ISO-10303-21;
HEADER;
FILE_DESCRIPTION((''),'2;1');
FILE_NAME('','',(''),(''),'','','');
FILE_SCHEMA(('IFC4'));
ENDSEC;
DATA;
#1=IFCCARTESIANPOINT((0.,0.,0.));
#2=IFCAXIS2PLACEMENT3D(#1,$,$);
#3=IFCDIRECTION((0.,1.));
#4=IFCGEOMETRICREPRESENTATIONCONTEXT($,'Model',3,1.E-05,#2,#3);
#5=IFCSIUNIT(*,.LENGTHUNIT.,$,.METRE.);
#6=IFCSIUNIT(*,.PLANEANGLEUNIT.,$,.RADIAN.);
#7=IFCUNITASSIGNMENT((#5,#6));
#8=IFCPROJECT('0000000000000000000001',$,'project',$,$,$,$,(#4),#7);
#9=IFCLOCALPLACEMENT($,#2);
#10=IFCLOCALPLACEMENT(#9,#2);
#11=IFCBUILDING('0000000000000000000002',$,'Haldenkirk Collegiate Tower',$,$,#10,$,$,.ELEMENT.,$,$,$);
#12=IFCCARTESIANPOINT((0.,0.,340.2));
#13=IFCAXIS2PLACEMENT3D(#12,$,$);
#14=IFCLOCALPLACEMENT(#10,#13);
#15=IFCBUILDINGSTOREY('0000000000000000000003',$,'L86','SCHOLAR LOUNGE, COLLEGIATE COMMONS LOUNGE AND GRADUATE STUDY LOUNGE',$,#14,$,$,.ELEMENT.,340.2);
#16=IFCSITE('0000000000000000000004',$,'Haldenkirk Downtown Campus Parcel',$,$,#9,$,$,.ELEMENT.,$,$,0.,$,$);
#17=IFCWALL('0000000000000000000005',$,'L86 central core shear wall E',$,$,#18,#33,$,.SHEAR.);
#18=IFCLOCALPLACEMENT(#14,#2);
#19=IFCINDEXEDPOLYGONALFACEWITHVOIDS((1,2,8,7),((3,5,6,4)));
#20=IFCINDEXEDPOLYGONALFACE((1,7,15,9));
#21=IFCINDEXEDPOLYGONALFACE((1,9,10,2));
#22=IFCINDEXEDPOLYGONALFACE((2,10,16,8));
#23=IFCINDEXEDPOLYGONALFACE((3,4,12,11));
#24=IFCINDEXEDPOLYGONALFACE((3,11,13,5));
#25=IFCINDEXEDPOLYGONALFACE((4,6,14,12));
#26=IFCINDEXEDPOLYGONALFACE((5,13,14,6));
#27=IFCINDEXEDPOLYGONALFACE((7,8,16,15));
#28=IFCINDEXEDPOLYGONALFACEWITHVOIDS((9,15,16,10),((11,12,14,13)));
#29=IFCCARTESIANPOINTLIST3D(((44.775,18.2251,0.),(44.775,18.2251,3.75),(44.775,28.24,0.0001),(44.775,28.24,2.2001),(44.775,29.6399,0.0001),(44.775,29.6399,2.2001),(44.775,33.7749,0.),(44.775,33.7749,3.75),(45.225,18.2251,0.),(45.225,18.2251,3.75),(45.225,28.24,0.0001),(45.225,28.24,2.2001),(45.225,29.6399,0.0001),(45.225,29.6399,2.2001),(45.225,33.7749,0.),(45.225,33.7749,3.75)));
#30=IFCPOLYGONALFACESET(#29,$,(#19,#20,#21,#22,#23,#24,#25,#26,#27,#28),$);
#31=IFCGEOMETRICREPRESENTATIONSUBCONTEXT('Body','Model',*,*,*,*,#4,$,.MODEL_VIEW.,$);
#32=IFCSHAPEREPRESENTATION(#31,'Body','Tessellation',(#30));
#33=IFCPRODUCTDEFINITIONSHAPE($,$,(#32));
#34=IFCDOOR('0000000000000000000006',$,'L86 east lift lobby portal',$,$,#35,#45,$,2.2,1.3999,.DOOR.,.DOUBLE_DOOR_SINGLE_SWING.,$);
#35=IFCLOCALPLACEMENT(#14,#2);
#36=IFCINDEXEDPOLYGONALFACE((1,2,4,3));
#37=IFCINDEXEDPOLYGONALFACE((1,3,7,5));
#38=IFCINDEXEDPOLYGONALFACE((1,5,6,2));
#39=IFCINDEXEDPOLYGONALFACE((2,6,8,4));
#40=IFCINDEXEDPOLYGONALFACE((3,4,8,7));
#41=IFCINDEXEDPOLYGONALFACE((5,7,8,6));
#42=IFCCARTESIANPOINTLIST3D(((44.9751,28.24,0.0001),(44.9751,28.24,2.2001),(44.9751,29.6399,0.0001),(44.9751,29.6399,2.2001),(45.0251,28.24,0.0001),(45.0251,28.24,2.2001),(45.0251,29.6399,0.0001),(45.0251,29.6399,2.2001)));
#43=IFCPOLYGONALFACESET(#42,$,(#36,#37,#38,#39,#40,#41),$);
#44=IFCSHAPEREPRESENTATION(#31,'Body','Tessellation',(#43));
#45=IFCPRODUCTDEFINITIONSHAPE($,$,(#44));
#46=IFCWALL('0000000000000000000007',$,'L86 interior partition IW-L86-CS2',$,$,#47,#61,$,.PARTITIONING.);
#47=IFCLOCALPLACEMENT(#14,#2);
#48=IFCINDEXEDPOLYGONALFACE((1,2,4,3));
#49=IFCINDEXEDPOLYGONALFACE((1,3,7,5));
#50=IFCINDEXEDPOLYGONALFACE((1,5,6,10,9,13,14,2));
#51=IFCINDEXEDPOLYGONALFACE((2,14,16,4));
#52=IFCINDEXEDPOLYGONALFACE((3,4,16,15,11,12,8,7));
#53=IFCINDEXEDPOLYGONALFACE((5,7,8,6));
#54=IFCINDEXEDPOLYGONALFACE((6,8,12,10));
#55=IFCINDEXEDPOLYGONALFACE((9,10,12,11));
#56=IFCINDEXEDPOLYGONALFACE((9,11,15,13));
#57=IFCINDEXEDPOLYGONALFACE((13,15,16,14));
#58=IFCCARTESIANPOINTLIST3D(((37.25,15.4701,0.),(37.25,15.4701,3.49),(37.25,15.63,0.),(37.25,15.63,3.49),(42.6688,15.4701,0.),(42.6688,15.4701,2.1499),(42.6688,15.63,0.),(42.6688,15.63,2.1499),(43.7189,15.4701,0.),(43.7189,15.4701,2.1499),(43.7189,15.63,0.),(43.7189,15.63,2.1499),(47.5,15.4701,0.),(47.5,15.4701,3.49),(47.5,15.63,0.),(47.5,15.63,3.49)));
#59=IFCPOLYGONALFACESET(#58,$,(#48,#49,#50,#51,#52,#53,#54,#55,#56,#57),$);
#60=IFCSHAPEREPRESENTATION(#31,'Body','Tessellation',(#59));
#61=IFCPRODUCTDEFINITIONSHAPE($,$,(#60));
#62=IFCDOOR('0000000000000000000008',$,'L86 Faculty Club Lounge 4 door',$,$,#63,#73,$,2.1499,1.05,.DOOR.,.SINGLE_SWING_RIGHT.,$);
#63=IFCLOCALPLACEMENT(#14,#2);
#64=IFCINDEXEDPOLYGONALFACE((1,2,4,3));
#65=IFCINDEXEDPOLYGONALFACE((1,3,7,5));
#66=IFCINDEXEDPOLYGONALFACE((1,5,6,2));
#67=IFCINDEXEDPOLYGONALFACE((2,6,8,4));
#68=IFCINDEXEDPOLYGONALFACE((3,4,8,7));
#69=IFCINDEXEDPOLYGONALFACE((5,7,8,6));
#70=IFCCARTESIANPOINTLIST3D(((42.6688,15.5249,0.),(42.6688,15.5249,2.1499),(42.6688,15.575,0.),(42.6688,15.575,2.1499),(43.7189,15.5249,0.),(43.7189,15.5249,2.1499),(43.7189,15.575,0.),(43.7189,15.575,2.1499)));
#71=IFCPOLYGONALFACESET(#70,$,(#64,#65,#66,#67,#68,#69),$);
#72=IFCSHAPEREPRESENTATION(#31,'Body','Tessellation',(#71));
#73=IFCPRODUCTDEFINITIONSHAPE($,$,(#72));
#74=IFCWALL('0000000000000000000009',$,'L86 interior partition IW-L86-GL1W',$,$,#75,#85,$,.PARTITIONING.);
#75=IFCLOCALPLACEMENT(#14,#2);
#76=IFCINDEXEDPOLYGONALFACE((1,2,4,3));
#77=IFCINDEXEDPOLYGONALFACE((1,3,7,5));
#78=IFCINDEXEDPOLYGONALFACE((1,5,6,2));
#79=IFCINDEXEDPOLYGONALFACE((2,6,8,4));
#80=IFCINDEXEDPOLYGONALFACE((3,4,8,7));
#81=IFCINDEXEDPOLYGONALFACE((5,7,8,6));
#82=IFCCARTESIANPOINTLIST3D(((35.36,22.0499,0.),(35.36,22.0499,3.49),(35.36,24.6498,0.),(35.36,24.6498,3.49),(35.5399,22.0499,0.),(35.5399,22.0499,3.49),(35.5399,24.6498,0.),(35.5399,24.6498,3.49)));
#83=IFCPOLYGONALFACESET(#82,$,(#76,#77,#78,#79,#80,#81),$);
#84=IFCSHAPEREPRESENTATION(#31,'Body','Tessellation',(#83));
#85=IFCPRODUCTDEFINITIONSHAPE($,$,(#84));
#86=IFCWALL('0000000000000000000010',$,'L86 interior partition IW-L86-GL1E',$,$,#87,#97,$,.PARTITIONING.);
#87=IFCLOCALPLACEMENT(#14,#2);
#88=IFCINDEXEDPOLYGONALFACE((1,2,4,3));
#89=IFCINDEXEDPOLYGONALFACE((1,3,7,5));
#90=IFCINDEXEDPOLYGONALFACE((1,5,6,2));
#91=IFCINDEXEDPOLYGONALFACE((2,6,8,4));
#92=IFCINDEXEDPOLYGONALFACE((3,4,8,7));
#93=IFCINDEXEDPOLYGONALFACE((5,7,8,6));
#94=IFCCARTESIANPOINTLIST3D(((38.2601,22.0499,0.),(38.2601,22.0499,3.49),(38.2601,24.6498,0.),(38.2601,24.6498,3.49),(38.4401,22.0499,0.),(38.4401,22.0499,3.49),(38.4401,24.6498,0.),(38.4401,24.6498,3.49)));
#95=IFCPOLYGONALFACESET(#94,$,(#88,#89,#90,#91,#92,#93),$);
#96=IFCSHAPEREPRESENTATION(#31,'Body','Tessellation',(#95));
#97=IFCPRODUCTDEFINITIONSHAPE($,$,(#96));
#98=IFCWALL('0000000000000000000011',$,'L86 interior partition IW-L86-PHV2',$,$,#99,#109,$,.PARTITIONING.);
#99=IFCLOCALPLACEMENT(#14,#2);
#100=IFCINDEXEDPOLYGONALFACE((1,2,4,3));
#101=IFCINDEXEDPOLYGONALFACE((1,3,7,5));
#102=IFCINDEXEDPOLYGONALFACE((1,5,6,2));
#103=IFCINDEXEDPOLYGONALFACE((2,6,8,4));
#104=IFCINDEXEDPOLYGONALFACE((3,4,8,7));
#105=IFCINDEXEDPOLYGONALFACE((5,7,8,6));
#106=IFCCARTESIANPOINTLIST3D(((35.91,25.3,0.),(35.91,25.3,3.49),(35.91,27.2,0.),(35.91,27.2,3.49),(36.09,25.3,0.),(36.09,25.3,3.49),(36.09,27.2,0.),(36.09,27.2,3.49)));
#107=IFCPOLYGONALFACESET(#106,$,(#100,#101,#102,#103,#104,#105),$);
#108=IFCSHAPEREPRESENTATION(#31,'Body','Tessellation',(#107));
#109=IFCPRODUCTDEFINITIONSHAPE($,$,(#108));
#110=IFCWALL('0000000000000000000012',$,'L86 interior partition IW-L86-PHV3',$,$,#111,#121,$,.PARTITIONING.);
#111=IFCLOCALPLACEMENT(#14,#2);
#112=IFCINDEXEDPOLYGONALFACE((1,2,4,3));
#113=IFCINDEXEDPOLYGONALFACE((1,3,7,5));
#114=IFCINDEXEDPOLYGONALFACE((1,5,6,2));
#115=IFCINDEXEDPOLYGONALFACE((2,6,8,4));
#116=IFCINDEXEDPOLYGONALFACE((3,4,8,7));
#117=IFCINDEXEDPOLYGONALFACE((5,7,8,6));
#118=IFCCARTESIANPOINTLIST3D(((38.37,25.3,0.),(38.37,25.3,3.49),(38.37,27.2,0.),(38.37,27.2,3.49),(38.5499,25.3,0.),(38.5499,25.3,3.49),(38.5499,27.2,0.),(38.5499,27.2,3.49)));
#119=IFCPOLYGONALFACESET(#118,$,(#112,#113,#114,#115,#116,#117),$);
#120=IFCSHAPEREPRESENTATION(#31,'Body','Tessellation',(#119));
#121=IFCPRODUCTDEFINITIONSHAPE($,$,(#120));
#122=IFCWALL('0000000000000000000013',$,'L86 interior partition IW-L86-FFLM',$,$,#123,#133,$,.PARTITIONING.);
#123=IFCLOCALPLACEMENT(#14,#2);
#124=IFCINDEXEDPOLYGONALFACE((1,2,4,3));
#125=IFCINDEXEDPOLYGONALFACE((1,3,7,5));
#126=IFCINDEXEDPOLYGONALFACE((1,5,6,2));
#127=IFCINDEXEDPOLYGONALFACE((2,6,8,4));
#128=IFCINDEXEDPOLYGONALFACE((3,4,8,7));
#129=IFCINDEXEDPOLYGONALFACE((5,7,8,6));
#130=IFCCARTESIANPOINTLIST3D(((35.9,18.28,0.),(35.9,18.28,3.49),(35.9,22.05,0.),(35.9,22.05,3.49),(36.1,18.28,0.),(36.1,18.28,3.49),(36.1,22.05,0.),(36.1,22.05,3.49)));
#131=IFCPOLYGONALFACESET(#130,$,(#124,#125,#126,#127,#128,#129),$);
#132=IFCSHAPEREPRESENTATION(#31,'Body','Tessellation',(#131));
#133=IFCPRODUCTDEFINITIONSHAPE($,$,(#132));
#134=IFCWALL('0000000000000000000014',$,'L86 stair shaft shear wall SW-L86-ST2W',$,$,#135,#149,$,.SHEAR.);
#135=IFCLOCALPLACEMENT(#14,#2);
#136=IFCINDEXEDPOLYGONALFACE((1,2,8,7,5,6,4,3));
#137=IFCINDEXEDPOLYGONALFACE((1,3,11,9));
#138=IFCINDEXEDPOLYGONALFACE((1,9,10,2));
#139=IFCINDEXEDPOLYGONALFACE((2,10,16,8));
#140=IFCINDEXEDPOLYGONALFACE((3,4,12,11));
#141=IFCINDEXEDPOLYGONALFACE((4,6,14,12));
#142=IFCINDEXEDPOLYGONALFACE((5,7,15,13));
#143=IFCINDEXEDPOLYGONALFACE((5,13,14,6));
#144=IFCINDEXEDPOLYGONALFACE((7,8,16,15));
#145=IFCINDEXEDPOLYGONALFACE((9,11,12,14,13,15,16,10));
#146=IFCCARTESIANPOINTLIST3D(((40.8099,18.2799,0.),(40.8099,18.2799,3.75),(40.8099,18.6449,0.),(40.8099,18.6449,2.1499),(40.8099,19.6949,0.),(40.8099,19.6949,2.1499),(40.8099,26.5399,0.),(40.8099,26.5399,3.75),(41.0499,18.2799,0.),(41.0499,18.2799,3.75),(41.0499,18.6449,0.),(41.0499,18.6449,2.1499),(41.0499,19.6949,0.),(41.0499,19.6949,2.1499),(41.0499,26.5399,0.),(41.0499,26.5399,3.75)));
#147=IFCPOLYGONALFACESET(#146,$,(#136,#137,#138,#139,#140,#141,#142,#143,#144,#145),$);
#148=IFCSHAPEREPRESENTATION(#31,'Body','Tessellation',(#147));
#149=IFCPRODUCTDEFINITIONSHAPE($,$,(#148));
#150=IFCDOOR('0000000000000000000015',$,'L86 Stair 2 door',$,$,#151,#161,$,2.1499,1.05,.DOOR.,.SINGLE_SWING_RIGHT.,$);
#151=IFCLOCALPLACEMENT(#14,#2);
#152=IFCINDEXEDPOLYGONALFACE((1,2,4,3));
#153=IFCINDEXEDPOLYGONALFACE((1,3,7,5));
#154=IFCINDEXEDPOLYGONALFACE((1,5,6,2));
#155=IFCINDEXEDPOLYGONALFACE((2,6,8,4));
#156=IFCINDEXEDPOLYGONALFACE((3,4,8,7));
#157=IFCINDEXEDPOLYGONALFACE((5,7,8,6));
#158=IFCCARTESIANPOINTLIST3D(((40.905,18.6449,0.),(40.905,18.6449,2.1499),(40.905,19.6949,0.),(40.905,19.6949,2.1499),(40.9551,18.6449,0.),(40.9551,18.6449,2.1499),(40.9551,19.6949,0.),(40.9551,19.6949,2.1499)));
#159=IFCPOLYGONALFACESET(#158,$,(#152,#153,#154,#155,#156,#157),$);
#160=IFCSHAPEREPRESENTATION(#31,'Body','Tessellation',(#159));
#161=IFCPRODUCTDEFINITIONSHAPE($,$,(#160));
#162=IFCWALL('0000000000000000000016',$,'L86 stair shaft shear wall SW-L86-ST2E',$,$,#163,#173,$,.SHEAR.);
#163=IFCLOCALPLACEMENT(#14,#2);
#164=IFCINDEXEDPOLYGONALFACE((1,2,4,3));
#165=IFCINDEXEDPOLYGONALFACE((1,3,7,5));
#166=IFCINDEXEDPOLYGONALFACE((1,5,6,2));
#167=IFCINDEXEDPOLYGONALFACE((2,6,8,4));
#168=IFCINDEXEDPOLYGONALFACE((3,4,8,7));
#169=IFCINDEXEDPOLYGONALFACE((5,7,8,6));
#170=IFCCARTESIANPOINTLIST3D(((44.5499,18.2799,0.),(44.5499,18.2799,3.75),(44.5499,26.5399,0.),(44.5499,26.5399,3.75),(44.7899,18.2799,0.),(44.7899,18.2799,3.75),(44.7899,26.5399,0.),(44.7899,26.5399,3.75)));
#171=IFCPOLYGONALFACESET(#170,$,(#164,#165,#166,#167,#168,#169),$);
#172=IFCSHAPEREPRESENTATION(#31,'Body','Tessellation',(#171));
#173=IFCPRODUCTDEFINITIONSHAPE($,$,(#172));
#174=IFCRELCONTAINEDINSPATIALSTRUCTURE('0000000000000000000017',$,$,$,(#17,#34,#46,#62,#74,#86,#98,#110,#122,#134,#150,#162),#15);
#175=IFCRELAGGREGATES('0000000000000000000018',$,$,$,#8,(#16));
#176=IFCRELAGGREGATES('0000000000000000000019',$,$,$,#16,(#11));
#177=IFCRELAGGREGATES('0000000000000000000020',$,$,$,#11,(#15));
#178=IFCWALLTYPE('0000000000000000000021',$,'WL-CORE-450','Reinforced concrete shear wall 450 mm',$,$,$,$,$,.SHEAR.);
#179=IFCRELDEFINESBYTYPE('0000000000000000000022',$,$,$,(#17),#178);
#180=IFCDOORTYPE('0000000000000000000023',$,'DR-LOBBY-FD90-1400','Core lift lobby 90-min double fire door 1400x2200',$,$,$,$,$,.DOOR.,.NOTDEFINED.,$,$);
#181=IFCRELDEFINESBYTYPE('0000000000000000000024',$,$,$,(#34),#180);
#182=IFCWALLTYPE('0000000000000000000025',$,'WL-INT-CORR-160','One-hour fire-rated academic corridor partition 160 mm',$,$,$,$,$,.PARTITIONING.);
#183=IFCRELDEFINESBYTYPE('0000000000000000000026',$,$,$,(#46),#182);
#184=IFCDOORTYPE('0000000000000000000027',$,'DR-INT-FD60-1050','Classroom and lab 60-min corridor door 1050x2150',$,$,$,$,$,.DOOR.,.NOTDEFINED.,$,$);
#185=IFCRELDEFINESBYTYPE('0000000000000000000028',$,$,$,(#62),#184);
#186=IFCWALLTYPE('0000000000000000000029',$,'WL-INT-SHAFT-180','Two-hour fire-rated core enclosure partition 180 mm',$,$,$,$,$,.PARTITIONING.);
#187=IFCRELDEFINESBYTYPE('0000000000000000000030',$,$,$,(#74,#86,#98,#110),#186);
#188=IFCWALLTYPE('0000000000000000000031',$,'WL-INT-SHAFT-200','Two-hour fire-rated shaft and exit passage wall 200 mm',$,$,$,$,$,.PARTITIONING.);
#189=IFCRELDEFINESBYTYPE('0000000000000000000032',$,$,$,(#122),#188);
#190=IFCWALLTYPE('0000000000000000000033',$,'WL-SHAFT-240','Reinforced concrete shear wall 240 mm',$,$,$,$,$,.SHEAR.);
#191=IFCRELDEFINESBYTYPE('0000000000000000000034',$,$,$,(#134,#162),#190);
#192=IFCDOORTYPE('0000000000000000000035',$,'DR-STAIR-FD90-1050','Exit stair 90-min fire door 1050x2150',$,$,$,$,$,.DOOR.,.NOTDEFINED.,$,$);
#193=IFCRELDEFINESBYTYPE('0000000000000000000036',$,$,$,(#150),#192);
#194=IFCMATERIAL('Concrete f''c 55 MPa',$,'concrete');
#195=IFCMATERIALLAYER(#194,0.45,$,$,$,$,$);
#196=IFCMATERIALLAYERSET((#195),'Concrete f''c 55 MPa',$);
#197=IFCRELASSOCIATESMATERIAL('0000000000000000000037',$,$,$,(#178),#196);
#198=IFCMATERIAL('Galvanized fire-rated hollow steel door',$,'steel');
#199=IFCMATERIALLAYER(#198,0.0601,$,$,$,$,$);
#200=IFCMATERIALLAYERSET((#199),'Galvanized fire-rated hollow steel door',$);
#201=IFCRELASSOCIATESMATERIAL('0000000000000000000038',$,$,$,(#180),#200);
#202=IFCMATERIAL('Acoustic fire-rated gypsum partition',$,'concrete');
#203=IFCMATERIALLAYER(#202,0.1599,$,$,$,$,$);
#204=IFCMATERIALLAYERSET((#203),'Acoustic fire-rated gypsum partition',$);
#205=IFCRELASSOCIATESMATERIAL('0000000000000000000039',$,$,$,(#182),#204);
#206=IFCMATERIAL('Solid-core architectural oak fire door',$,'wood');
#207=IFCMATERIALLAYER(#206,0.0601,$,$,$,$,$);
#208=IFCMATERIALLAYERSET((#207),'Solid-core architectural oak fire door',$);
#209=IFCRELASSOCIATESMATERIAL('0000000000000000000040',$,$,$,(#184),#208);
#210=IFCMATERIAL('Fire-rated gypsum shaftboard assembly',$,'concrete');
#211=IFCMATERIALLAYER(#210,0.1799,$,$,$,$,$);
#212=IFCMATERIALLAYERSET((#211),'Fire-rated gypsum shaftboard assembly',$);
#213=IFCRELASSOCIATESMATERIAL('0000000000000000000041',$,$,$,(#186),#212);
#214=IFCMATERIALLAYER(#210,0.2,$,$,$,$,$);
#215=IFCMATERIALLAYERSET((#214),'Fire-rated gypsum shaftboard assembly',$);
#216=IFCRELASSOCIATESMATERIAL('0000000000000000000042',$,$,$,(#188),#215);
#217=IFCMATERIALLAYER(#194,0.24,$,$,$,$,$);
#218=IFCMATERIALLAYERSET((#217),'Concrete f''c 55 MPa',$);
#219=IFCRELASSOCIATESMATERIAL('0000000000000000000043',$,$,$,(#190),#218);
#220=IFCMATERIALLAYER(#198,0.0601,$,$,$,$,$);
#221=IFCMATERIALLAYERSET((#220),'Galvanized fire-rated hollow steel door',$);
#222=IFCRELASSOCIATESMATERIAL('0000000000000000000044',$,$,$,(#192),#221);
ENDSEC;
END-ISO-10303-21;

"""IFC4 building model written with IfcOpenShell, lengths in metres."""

from ifc_helpers import new_model, si_unit, direction, frame, frame_2d, origin, place, context, subcontext, project, spatial, rectangle, extrude, material, layer, layer_set, type_object, element, fill, save


model = new_model("IFC4")

# Units and contexts
model_context = context("Model", 3, precision=1e-05, world=origin(), true_north=direction((0.0, 1.0)))
body_context = subcontext(model_context, "Body", "Model", "MODEL_VIEW")
ifc_project = project(units=[si_unit("LENGTHUNIT", "METRE"), si_unit("PLANEANGLEUNIT", "RADIAN")], contexts=[model_context])

# Site, building, storey
site_placement = place(None, origin())
site = spatial("IfcSite", under=ifc_project, at=site_placement, Name="Haldenkirk Downtown Campus Parcel", CompositionType="ELEMENT", RefElevation=0.0)
building_placement = place(site_placement, origin())
building = spatial("IfcBuilding", under=site, at=building_placement, Name="Haldenkirk Collegiate Tower", CompositionType="ELEMENT")
storey_placement = place(building_placement, frame((0.0, 0.0, 340.2)))
storey = spatial("IfcBuildingStorey", under=building, at=storey_placement, Name="L86", Description="SCHOLAR LOUNGE, COLLEGIATE COMMONS LOUNGE AND GRADUATE STUDY LOUNGE", CompositionType="ELEMENT", Elevation=340.2)

# Walls, openings, doors
ifc_material_1 = material(Name="Concrete f'c 55 MPa", Category="concrete")
ifc_layer_1 = layer(ifc_material_1, 0.45)
ifc_layer_set_1 = layer_set([ifc_layer_1], Name="Concrete f'c 55 MPa")
wall_type_1 = type_object("IfcWallType", Name="WL-CORE-450", Description="Reinforced concrete shear wall 450 mm", PredefinedType="SHEAR", material=ifc_layer_set_1)
wall_1_placement = place(storey_placement, frame((45.0, 18.2251, 0.0), z_axis=(0.0, 0.0, 1.0), x_axis=(0.0, 1.0, 0.0)))
wall_1 = element("IfcWall", 1, at=wall_1_placement, inside=storey, type_object=wall_type_1, Name="L86 central core shear wall E", PredefinedType="SHEAR", context=body_context, shape_type="SweptSolid", body=[
    extrude(rectangle(XDim=15.5498, YDim=0.45, at=frame_2d((7.7749, 0.0))), origin(), (0.0, 0.0, 1.0), 3.75),
])
opening_1_placement = place(wall_1_placement, frame((10.0149, 0.0, 0.0)))
opening_1 = element("IfcOpeningElement", 2, at=opening_1_placement, cuts=wall_1, PredefinedType="OPENING", context=body_context, shape_type="SweptSolid", body=[
    extrude(rectangle(XDim=1.3999, YDim=2.2, at=frame_2d((0.7, 1.1001))), frame((0.0, 0.2349, 0.0), z_axis=(0.0, -1.0, 0.0), x_axis=(1.0, 0.0, 0.0)), (0.0, 0.0, 1.0), 0.47),
])
ifc_material_2 = material(Name="Galvanized fire-rated hollow steel door", Category="steel")
ifc_layer_2 = layer(ifc_material_2, 0.0601)
ifc_layer_set_2 = layer_set([ifc_layer_2], Name="Galvanized fire-rated hollow steel door")
door_type_1 = type_object("IfcDoorType", Name="DR-LOBBY-FD90-1400", Description="Core lift lobby 90-min double fire door 1400x2200", OperationType="NOTDEFINED", PredefinedType="DOOR", material=ifc_layer_set_2)
door_1_placement = place(opening_1_placement, origin())
door_1 = element("IfcDoor", 3, at=door_1_placement, inside=storey, type_object=door_type_1, Name="L86 east lift lobby portal", OperationType="DOUBLE_DOOR_SINGLE_SWING", OverallHeight=2.2, OverallWidth=1.3999, PredefinedType="DOOR", context=body_context, shape_type="SweptSolid", body=[
    extrude(rectangle(XDim=1.3999, YDim=2.2, at=frame_2d((0.7, 1.1001))), frame((0.0, 0.0249, 0.0), z_axis=(0.0, -1.0, 0.0), x_axis=(1.0, 0.0, 0.0)), (0.0, 0.0, 1.0), 0.05),
])
fill(opening_1, door_1)
ifc_material_3 = material(Name="Acoustic fire-rated gypsum partition", Category="concrete")
ifc_layer_3 = layer(ifc_material_3, 0.1599)
ifc_layer_set_3 = layer_set([ifc_layer_3], Name="Acoustic fire-rated gypsum partition")
wall_type_2 = type_object("IfcWallType", Name="WL-INT-CORR-160", Description="One-hour fire-rated academic corridor partition 160 mm", PredefinedType="PARTITIONING", material=ifc_layer_set_3)
wall_2_placement = place(storey_placement, frame((37.25, 15.55, 0.0), z_axis=(0.0, 0.0, 1.0), x_axis=(1.0, 0.0, 0.0)))
wall_2 = element("IfcWall", 4, at=wall_2_placement, inside=storey, type_object=wall_type_2, Name="L86 interior partition IW-L86-CS2", PredefinedType="PARTITIONING", context=body_context, shape_type="SweptSolid", body=[
    extrude(rectangle(XDim=10.25, YDim=0.1599, at=frame_2d((5.125, 0.0))), origin(), (0.0, 0.0, 1.0), 3.49),
])
opening_2_placement = place(wall_2_placement, frame((5.4189, 0.0, 0.0)))
opening_2 = element("IfcOpeningElement", 5, at=opening_2_placement, cuts=wall_2, PredefinedType="OPENING", context=body_context, shape_type="SweptSolid", body=[
    extrude(rectangle(XDim=1.05, YDim=2.1499, at=frame_2d((0.5249, 1.075))), frame((0.0, 0.0898, 0.0), z_axis=(0.0, -1.0, 0.0), x_axis=(1.0, 0.0, 0.0)), (0.0, 0.0, 1.0), 0.1799),
])
ifc_material_4 = material(Name="Solid-core architectural oak fire door", Category="wood")
ifc_layer_4 = layer(ifc_material_4, 0.0601)
ifc_layer_set_4 = layer_set([ifc_layer_4], Name="Solid-core architectural oak fire door")
door_type_2 = type_object("IfcDoorType", Name="DR-INT-FD60-1050", Description="Classroom and lab 60-min corridor door 1050x2150", OperationType="NOTDEFINED", PredefinedType="DOOR", material=ifc_layer_set_4)
door_2_placement = place(opening_2_placement, origin())
door_2 = element("IfcDoor", 6, at=door_2_placement, inside=storey, type_object=door_type_2, Name="L86 Faculty Club Lounge 4 door", OperationType="SINGLE_SWING_RIGHT", OverallHeight=2.1499, OverallWidth=1.05, PredefinedType="DOOR", context=body_context, shape_type="SweptSolid", body=[
    extrude(rectangle(XDim=1.05, YDim=2.1499, at=frame_2d((0.5249, 1.075))), frame((0.0, 0.0249, 0.0), z_axis=(0.0, -1.0, 0.0), x_axis=(1.0, 0.0, 0.0)), (0.0, 0.0, 1.0), 0.05),
])
fill(opening_2, door_2)

# Walls
ifc_material_5 = material(Name="Fire-rated gypsum shaftboard assembly", Category="concrete")
ifc_layer_5 = layer(ifc_material_5, 0.1799)
ifc_layer_set_5 = layer_set([ifc_layer_5], Name="Fire-rated gypsum shaftboard assembly")
wall_type_3 = type_object("IfcWallType", Name="WL-INT-SHAFT-180", Description="Two-hour fire-rated core enclosure partition 180 mm", PredefinedType="PARTITIONING", material=ifc_layer_set_5)
for number, where, z_axis, x_axis, name in (
    (7, (35.45, 22.05, 0.0), (0.0, 0.0, 1.0), (0.0, 1.0, 0.0), "L86 interior partition IW-L86-GL1W"),
    (8, (38.3501, 22.05, 0.0), (0.0, 0.0, 1.0), (0.0, 1.0, 0.0), "L86 interior partition IW-L86-GL1E"),
):
    element("IfcWall", number, at=place(storey_placement, frame(where, z_axis=z_axis, x_axis=x_axis)), inside=storey, type_object=wall_type_3, Name=name, PredefinedType="PARTITIONING", context=body_context, shape_type="SweptSolid", body=[
        extrude(rectangle(XDim=2.5999, YDim=0.1799, at=frame_2d((1.2998, 0.0))), origin(), (0.0, 0.0, 1.0), 3.49),
    ])
for number, where, z_axis, x_axis, name in (
    (9, (36.0, 25.3, 0.0), (0.0, 0.0, 1.0), (0.0, 1.0, 0.0), "L86 interior partition IW-L86-PHV2"),
    (10, (38.46, 25.3, 0.0), (0.0, 0.0, 1.0), (0.0, 1.0, 0.0), "L86 interior partition IW-L86-PHV3"),
):
    element("IfcWall", number, at=place(storey_placement, frame(where, z_axis=z_axis, x_axis=x_axis)), inside=storey, type_object=wall_type_3, Name=name, PredefinedType="PARTITIONING", context=body_context, shape_type="SweptSolid", body=[
        extrude(rectangle(XDim=1.8999, YDim=0.1799, at=frame_2d((0.95, 0.0))), origin(), (0.0, 0.0, 1.0), 3.49),
    ])
ifc_layer_6 = layer(ifc_material_5, 0.2)
ifc_layer_set_6 = layer_set([ifc_layer_6], Name="Fire-rated gypsum shaftboard assembly")
wall_type_4 = type_object("IfcWallType", Name="WL-INT-SHAFT-200", Description="Two-hour fire-rated shaft and exit passage wall 200 mm", PredefinedType="PARTITIONING", material=ifc_layer_set_6)
wall_3_placement = place(storey_placement, frame((36.0, 18.28, 0.0), z_axis=(0.0, 0.0, 1.0), x_axis=(0.0, 1.0, 0.0)))
element("IfcWall", 11, at=wall_3_placement, inside=storey, type_object=wall_type_4, Name="L86 interior partition IW-L86-FFLM", PredefinedType="PARTITIONING", context=body_context, shape_type="SweptSolid", body=[
    extrude(rectangle(XDim=3.77, YDim=0.2, at=frame_2d((1.885, 0.0))), origin(), (0.0, 0.0, 1.0), 3.49),
])

# Wall, opening, door
ifc_layer_7 = layer(ifc_material_1, 0.24)
ifc_layer_set_7 = layer_set([ifc_layer_7], Name="Concrete f'c 55 MPa")
wall_type_5 = type_object("IfcWallType", Name="WL-SHAFT-240", Description="Reinforced concrete shear wall 240 mm", PredefinedType="SHEAR", material=ifc_layer_set_7)
wall_4_placement = place(storey_placement, frame((40.9299, 18.28, 0.0), z_axis=(0.0, 0.0, 1.0), x_axis=(0.0, 1.0, 0.0)))
wall_4 = element("IfcWall", 12, at=wall_4_placement, inside=storey, type_object=wall_type_5, Name="L86 stair shaft shear wall SW-L86-ST2W", PredefinedType="SHEAR", context=body_context, shape_type="SweptSolid", body=[
    extrude(rectangle(XDim=8.26, YDim=0.24, at=frame_2d((4.1299, 0.0))), origin(), (0.0, 0.0, 1.0), 3.75),
])
opening_3_placement = place(wall_4_placement, frame((0.365, 0.0, 0.0)))
opening_3 = element("IfcOpeningElement", 13, at=opening_3_placement, cuts=wall_4, PredefinedType="OPENING", context=body_context, shape_type="SweptSolid", body=[
    extrude(rectangle(XDim=1.05, YDim=2.1499, at=frame_2d((0.5249, 1.075))), frame((0.0, 0.1299, 0.0), z_axis=(0.0, -1.0, 0.0), x_axis=(1.0, 0.0, 0.0)), (0.0, 0.0, 1.0), 0.26),
])
ifc_layer_8 = layer(ifc_material_2, 0.0601)
ifc_layer_set_8 = layer_set([ifc_layer_8], Name="Galvanized fire-rated hollow steel door")
door_type_3 = type_object("IfcDoorType", Name="DR-STAIR-FD90-1050", Description="Exit stair 90-min fire door 1050x2150", OperationType="NOTDEFINED", PredefinedType="DOOR", material=ifc_layer_set_8)
door_3_placement = place(opening_3_placement, origin())
door_3 = element("IfcDoor", 14, at=door_3_placement, inside=storey, type_object=door_type_3, Name="L86 Stair 2 door", OperationType="SINGLE_SWING_RIGHT", OverallHeight=2.1499, OverallWidth=1.05, PredefinedType="DOOR", context=body_context, shape_type="SweptSolid", body=[
    extrude(rectangle(XDim=1.05, YDim=2.1499, at=frame_2d((0.5249, 1.075))), frame((0.0, 0.0249, 0.0), z_axis=(0.0, -1.0, 0.0), x_axis=(1.0, 0.0, 0.0)), (0.0, 0.0, 1.0), 0.05),
])
fill(opening_3, door_3)

# Wall
wall_5_placement = place(storey_placement, frame((44.6699, 18.28, 0.0), z_axis=(0.0, 0.0, 1.0), x_axis=(0.0, 1.0, 0.0)))
element("IfcWall", 15, at=wall_5_placement, inside=storey, type_object=wall_type_5, Name="L86 stair shaft shear wall SW-L86-ST2E", PredefinedType="SHEAR", context=body_context, shape_type="SweptSolid", body=[
    extrude(rectangle(XDim=8.26, YDim=0.24, at=frame_2d((4.1299, 0.0))), origin(), (0.0, 0.0, 1.0), 3.75),
])

save(model, "model.ifc")
